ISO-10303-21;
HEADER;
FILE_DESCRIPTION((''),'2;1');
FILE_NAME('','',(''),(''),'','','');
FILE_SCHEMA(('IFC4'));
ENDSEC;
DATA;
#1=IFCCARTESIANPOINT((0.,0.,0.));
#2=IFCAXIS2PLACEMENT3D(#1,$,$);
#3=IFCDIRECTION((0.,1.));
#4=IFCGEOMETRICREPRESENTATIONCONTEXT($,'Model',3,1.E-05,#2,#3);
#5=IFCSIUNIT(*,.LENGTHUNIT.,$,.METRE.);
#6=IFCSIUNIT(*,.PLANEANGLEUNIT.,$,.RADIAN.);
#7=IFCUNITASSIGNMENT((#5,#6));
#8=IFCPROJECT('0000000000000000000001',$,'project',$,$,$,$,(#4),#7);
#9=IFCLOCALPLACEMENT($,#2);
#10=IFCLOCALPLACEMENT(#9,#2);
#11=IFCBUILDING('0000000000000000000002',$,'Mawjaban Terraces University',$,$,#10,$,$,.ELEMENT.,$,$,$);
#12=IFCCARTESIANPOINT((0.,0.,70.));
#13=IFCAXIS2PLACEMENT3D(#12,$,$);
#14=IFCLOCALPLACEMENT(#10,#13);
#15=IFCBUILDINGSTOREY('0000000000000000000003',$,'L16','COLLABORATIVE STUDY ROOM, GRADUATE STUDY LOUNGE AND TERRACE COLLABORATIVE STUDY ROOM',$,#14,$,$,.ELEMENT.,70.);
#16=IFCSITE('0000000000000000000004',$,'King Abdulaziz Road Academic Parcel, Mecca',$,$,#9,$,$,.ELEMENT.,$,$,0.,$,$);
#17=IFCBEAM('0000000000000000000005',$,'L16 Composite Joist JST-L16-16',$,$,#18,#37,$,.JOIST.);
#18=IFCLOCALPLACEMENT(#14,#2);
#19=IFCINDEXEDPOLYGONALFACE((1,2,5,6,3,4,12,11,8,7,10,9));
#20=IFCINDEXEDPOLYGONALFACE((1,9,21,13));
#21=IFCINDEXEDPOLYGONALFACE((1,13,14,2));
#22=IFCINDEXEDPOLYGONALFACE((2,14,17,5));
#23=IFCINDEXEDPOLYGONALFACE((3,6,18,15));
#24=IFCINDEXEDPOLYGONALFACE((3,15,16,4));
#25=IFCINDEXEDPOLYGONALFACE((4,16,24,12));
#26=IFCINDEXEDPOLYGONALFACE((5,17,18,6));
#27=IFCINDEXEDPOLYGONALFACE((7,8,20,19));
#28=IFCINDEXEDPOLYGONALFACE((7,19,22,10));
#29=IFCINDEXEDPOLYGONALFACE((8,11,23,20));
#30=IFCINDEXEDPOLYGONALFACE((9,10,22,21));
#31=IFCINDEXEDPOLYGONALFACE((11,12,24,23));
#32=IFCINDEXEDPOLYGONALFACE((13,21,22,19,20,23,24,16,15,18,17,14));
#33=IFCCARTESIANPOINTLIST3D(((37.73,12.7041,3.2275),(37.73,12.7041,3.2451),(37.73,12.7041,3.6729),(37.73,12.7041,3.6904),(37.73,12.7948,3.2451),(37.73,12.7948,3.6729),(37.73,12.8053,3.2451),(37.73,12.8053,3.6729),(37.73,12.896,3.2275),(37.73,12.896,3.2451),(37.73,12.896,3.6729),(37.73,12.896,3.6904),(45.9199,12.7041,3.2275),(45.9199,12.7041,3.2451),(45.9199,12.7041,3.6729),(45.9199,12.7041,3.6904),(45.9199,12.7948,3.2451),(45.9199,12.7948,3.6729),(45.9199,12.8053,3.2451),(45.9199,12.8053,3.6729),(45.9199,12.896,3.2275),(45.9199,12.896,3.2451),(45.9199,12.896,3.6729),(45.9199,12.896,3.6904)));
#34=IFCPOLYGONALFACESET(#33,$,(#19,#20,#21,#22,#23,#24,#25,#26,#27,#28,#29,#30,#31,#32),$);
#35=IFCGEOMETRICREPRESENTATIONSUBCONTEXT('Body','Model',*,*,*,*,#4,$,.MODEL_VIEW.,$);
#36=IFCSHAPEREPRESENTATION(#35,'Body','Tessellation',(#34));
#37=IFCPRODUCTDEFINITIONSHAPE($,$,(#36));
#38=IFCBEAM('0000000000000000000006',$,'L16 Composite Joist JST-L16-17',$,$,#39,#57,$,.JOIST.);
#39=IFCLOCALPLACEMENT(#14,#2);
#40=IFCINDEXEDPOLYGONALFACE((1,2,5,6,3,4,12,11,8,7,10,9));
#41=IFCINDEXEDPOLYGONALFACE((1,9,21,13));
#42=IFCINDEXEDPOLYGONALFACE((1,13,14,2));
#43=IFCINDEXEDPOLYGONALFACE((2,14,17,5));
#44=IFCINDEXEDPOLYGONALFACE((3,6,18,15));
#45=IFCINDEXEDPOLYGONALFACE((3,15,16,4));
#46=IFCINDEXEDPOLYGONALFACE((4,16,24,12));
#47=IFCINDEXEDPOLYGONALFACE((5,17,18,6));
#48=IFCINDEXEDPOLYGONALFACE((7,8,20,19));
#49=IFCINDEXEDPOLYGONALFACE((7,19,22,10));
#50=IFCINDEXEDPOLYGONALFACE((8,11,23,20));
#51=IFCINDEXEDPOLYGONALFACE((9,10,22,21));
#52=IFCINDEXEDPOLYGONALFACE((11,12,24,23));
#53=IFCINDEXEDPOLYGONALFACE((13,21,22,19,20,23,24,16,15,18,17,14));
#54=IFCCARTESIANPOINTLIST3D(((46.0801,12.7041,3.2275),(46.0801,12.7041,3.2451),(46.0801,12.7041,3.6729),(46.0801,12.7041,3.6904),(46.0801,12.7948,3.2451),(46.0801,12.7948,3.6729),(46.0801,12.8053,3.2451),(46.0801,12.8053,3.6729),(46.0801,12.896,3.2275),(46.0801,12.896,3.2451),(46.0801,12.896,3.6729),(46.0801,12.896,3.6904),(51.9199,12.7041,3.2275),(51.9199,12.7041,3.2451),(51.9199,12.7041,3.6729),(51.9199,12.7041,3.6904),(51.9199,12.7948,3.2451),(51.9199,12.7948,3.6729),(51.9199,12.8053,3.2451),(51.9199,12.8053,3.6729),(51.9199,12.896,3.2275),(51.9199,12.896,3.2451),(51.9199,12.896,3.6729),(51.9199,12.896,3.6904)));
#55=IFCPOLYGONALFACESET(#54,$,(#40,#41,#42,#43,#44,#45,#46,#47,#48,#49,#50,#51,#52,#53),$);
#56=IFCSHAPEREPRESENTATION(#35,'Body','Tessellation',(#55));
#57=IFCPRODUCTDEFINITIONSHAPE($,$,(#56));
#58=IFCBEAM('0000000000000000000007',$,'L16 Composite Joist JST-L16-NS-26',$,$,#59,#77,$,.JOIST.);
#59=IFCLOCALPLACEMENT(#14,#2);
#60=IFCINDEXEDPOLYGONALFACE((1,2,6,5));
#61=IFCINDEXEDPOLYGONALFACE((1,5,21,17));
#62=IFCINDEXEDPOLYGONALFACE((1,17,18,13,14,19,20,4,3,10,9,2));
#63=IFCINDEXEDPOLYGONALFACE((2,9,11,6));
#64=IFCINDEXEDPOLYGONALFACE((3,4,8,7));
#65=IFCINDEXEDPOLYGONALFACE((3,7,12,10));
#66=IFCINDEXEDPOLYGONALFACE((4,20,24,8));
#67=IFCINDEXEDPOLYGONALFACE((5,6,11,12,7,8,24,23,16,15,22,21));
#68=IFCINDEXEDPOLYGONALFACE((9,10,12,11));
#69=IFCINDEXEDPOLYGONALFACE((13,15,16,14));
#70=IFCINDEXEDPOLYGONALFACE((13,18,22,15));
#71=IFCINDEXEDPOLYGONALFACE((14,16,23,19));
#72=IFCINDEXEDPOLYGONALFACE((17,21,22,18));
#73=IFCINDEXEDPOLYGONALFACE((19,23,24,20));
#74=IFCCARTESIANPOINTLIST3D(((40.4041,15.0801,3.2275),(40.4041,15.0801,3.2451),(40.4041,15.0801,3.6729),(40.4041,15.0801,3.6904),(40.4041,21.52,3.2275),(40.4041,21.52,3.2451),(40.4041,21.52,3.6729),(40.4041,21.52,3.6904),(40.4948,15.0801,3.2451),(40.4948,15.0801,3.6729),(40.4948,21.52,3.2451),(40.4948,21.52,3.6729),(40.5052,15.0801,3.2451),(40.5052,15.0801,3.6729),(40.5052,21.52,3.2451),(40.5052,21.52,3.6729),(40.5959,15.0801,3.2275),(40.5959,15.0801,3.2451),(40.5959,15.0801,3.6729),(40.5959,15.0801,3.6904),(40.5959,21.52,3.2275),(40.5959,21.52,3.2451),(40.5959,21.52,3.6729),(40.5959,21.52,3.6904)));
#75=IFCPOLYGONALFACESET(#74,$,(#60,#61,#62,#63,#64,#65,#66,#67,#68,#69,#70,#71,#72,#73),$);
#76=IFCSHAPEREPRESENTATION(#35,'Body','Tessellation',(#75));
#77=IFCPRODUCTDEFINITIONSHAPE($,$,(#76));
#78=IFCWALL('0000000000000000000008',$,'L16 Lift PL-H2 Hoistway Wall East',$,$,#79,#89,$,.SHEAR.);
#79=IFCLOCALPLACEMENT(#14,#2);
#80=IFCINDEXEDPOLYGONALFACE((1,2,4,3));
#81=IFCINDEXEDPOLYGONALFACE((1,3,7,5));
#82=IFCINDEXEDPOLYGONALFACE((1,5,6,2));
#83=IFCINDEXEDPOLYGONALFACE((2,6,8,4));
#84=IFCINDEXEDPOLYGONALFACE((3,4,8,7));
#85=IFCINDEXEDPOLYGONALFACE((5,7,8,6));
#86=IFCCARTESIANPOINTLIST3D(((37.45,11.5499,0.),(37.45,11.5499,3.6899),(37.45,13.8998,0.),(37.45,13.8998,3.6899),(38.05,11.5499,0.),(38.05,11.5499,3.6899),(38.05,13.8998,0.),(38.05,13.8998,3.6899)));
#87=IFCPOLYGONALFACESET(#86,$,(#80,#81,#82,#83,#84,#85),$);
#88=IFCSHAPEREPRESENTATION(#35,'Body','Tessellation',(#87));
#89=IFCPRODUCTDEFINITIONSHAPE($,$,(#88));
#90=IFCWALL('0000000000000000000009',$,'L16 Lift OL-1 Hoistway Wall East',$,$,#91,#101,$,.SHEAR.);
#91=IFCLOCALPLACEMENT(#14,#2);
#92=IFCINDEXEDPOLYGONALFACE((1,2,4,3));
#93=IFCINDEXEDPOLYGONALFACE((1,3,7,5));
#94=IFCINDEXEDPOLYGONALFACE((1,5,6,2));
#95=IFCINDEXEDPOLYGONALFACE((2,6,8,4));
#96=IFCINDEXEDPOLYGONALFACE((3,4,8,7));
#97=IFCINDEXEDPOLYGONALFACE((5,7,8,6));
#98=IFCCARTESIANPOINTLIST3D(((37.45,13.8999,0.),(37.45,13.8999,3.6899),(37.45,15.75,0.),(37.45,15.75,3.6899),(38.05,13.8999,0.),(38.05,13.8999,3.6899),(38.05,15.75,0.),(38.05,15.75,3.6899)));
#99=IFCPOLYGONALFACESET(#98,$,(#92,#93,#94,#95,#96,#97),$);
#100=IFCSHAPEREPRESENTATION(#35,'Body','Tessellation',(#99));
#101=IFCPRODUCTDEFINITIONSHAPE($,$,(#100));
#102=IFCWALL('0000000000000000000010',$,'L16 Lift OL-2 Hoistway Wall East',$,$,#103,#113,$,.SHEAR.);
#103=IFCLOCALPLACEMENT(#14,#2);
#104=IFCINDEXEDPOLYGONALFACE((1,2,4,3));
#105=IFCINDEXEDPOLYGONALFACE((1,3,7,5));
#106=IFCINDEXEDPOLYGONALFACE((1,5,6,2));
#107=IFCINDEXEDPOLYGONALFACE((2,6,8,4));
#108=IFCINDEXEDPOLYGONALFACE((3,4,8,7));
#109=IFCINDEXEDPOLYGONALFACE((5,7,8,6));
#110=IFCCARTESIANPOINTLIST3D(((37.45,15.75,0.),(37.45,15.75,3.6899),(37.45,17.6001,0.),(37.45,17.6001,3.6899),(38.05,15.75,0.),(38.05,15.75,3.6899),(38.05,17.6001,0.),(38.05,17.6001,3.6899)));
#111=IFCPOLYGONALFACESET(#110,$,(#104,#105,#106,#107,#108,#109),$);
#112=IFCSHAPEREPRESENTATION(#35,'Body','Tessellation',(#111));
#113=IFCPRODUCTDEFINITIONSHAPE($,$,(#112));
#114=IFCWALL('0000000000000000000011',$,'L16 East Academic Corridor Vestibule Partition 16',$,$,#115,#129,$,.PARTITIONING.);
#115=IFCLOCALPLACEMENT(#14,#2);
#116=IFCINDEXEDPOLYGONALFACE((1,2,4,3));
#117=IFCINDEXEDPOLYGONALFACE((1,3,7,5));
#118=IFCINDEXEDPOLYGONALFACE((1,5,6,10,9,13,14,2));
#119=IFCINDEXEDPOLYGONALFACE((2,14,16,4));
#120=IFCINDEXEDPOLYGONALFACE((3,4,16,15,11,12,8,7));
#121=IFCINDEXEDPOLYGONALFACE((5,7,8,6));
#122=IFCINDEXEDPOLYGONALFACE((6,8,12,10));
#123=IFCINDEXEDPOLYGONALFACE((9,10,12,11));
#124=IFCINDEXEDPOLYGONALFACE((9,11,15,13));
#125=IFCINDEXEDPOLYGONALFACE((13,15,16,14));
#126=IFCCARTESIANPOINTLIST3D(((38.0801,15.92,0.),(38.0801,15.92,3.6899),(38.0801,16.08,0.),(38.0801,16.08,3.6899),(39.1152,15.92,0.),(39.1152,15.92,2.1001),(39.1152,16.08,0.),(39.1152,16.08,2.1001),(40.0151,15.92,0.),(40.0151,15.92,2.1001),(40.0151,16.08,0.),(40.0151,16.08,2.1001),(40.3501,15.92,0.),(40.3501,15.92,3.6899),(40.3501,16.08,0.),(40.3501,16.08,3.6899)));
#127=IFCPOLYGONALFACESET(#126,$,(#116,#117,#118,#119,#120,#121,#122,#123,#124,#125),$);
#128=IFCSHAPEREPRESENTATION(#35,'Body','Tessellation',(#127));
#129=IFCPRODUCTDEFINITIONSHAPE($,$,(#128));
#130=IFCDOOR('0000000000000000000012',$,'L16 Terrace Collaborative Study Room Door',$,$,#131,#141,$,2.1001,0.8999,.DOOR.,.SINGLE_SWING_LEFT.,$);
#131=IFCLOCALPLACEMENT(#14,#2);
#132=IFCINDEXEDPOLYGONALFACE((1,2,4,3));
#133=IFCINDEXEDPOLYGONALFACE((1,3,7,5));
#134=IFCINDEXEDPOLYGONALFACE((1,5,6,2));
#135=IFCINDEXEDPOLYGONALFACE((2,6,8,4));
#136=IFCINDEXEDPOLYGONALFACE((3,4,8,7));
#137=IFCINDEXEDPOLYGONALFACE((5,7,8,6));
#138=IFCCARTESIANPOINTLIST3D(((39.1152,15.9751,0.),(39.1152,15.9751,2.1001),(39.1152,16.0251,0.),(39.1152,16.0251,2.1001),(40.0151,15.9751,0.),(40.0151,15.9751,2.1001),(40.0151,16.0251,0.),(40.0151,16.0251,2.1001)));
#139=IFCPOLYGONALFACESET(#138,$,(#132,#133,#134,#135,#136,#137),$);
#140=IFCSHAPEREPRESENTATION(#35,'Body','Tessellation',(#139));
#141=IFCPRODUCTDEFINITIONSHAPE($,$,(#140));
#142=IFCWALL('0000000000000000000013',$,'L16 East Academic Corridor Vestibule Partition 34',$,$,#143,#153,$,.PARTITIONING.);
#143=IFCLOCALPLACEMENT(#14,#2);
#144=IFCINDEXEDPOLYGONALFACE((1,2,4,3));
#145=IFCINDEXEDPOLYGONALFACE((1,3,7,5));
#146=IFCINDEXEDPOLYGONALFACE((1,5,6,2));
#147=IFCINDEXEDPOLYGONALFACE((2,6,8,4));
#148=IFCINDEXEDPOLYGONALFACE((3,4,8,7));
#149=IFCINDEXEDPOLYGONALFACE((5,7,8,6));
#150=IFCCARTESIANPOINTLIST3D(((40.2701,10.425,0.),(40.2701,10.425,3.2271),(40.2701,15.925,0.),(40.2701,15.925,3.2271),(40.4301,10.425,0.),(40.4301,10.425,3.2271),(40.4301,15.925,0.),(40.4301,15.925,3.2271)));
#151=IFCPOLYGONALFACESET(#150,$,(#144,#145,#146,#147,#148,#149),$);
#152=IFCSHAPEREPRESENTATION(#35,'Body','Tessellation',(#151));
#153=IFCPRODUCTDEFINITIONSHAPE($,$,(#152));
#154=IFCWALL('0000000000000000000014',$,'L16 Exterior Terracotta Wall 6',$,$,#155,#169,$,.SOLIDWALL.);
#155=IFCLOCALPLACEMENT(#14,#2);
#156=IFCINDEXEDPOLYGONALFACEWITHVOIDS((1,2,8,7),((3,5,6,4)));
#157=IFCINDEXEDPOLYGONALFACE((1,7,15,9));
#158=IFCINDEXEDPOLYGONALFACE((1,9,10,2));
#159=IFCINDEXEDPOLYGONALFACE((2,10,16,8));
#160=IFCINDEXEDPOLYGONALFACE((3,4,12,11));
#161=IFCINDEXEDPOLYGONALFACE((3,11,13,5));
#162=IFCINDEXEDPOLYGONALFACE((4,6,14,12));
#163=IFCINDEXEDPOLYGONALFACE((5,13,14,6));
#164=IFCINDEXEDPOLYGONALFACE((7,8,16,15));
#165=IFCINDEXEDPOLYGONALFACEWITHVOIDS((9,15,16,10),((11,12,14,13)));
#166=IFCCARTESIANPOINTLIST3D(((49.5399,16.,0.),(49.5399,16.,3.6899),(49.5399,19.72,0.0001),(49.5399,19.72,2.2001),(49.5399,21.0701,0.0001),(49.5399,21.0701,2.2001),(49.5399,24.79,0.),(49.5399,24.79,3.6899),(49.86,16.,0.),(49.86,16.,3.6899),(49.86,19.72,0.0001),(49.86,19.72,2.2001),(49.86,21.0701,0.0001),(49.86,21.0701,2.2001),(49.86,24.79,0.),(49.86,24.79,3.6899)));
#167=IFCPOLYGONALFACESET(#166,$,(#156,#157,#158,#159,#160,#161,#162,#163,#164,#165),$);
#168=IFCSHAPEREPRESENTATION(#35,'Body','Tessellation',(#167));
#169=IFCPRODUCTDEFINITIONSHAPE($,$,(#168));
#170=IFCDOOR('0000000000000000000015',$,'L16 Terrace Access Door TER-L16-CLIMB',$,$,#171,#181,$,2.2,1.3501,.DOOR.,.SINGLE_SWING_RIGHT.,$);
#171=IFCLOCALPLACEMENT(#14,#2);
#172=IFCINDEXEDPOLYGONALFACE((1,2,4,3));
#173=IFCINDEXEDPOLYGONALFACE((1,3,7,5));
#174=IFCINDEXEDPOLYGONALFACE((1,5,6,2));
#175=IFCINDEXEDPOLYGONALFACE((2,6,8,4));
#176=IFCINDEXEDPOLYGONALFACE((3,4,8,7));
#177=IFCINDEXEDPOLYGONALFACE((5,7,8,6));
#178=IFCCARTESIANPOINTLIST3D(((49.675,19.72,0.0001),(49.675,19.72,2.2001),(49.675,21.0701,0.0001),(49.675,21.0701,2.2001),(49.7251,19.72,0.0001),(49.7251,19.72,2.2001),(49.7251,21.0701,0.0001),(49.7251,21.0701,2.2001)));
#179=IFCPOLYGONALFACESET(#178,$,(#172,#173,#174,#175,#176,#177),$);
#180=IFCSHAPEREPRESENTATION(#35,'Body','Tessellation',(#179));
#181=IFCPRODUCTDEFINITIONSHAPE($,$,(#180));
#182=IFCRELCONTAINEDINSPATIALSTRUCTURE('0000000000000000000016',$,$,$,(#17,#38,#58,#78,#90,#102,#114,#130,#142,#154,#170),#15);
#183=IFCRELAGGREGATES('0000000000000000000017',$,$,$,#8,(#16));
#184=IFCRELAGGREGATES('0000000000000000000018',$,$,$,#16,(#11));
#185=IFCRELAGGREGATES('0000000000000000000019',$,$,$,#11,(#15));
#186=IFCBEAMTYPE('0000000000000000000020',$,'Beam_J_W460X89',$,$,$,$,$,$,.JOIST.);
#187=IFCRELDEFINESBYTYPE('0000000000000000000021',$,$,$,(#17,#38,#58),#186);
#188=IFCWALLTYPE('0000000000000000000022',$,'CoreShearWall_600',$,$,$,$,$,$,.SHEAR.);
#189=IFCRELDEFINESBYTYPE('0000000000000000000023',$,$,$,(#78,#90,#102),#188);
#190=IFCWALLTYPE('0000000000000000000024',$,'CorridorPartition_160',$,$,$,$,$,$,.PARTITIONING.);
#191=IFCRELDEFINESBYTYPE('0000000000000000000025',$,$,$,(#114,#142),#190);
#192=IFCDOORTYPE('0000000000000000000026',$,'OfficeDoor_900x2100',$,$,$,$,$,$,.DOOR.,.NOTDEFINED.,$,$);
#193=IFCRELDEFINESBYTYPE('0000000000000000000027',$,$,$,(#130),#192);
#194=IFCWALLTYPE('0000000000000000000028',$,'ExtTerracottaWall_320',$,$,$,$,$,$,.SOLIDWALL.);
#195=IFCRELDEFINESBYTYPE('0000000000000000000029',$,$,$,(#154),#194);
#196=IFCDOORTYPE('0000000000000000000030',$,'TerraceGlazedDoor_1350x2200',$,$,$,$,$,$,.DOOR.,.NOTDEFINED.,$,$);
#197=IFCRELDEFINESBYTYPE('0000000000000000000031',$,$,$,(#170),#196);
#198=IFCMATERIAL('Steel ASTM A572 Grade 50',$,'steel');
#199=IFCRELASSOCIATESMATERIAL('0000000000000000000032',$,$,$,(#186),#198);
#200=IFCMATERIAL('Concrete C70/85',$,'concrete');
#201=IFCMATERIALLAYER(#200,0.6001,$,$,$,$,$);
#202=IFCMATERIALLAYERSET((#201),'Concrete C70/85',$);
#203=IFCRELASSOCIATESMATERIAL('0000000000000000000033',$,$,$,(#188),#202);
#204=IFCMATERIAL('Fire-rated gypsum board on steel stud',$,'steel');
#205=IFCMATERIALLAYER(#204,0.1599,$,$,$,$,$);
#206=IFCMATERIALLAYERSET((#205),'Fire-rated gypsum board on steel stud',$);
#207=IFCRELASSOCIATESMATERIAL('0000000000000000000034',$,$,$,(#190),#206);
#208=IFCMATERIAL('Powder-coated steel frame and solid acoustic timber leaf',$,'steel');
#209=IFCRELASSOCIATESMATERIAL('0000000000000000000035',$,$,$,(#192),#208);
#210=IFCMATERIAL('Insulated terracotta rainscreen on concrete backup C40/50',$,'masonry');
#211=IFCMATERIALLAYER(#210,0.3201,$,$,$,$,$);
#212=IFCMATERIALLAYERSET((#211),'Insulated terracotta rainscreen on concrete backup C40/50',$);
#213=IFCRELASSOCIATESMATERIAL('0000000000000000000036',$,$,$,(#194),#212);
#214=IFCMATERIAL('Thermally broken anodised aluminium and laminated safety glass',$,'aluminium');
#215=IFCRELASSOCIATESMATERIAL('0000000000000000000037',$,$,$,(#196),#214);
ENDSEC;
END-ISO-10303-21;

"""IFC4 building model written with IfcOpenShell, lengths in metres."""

from ifc_helpers import new_model, si_unit, direction, frame, frame_2d, origin, origin_2d, place, context, subcontext, project, spatial, rectangle, i_section, extrude, material, layer, layer_set, material_profile, profile_set, type_object, element, fill, save


model = new_model("IFC4")

# Units and contexts
model_context = context("Model", 3, precision=1e-05, world=origin(), true_north=direction((0.0, 1.0)))
body_context = subcontext(model_context, "Body", "Model", "MODEL_VIEW")
ifc_project = project(units=[si_unit("LENGTHUNIT", "METRE"), si_unit("PLANEANGLEUNIT", "RADIAN")], contexts=[model_context])

# Site, building, storey
site_placement = place(None, origin())
site = spatial("IfcSite", under=ifc_project, at=site_placement, Name="King Abdulaziz Road Academic Parcel, Mecca", CompositionType="ELEMENT", RefElevation=0.0)
building_placement = place(site_placement, origin())
building = spatial("IfcBuilding", under=site, at=building_placement, Name="Mawjaban Terraces University", CompositionType="ELEMENT")
storey_placement = place(building_placement, frame((0.0, 0.0, 70.0)))
storey = spatial("IfcBuildingStorey", under=building, at=storey_placement, Name="L16", Description="COLLABORATIVE STUDY ROOM, GRADUATE STUDY LOUNGE AND TERRACE COLLABORATIVE STUDY ROOM", CompositionType="ELEMENT", Elevation=70.0)

# Shared definitions
ifc_material_1 = material(Name="Concrete C70/85", Category="concrete")

# Beams
ifc_material_2 = material(Name="Steel ASTM A572 Grade 50", Category="steel")
ifc_material_profile_1 = material_profile(ifc_material_2, i_section(OverallWidth=0.1919, OverallDepth=0.4629, WebThickness=0.0105, FlangeThickness=0.0176, at=origin_2d()), Name="W460X89")
ifc_profile_set_1 = profile_set([ifc_material_profile_1], Name="Steel ASTM A572 Grade 50")
beam_type_1 = type_object("IfcBeamType", Name="Beam_J_W460X89", PredefinedType="JOIST", material=ifc_profile_set_1)
beam_1_placement = place(storey_placement, frame((37.73, 12.8, 3.459), z_axis=(1.0, 0.0, 0.0), x_axis=(0.0, 1.0, 0.0)))
element("IfcBeam", 1, at=beam_1_placement, inside=storey, type_object=beam_type_1, Name="L16 Composite Joist JST-L16-16", PredefinedType="JOIST", context=body_context, shape_type="SweptSolid", body=[
    extrude(i_section(OverallWidth=0.1919, OverallDepth=0.4629, WebThickness=0.0105, FlangeThickness=0.0176, at=origin_2d()), origin(), (0.0, 0.0, 1.0), 8.1899),
])
beam_2_placement = place(storey_placement, frame((46.0801, 12.8, 3.459), z_axis=(1.0, 0.0, 0.0), x_axis=(0.0, 1.0, 0.0)))
element("IfcBeam", 2, at=beam_2_placement, inside=storey, type_object=beam_type_1, Name="L16 Composite Joist JST-L16-17", PredefinedType="JOIST", context=body_context, shape_type="SweptSolid", body=[
    extrude(i_section(OverallWidth=0.1919, OverallDepth=0.4629, WebThickness=0.0105, FlangeThickness=0.0176, at=origin_2d()), origin(), (0.0, 0.0, 1.0), 5.8398),
])
beam_3_placement = place(storey_placement, frame((40.5, 15.0801, 3.459), z_axis=(0.0, 1.0, 0.0), x_axis=(-1.0, 0.0, 0.0)))
element("IfcBeam", 3, at=beam_3_placement, inside=storey, type_object=beam_type_1, Name="L16 Composite Joist JST-L16-NS-26", PredefinedType="JOIST", context=body_context, shape_type="SweptSolid", body=[
    extrude(i_section(OverallWidth=0.1919, OverallDepth=0.4629, WebThickness=0.0105, FlangeThickness=0.0176, at=origin_2d()), origin(), (0.0, 0.0, 1.0), 6.4399),
])

# Walls
ifc_layer_1 = layer(ifc_material_1, 0.6001)
ifc_layer_set_1 = layer_set([ifc_layer_1], Name="Concrete C70/85")
wall_type_1 = type_object("IfcWallType", Name="CoreShearWall_600", PredefinedType="SHEAR", material=ifc_layer_set_1)
wall_1_placement = place(storey_placement, frame((37.75, 11.55, 0.0), z_axis=(0.0, 0.0, 1.0), x_axis=(0.0, 1.0, 0.0)))
element("IfcWall", 4, at=wall_1_placement, inside=storey, type_object=wall_type_1, Name="L16 Lift PL-H2 Hoistway Wall East", PredefinedType="SHEAR", context=body_context, shape_type="SweptSolid", body=[
    extrude(rectangle(XDim=2.3499, YDim=0.6001, at=frame_2d((1.1748, 0.0))), origin(), (0.0, 0.0, 1.0), 3.6899),
])
for number, where, z_axis, x_axis, name in (
    (5, (37.75, 13.8999, 0.0), (0.0, 0.0, 1.0), (0.0, 1.0, 0.0), "L16 Lift OL-1 Hoistway Wall East"),
    (6, (37.75, 15.75, 0.0), (0.0, 0.0, 1.0), (0.0, 1.0, 0.0), "L16 Lift OL-2 Hoistway Wall East"),
):
    element("IfcWall", number, at=place(storey_placement, frame(where, z_axis=z_axis, x_axis=x_axis)), inside=storey, type_object=wall_type_1, Name=name, PredefinedType="SHEAR", context=body_context, shape_type="SweptSolid", body=[
        extrude(rectangle(XDim=1.8501, YDim=0.6001, at=frame_2d((0.925, 0.0))), origin(), (0.0, 0.0, 1.0), 3.6899),
    ])

# Wall, opening, door
ifc_material_3 = material(Name="Fire-rated gypsum board on steel stud", Category="steel")
ifc_layer_2 = layer(ifc_material_3, 0.1599)
ifc_layer_set_2 = layer_set([ifc_layer_2], Name="Fire-rated gypsum board on steel stud")
wall_type_2 = type_object("IfcWallType", Name="CorridorPartition_160", PredefinedType="PARTITIONING", material=ifc_layer_set_2)
wall_2_placement = place(storey_placement, frame((40.3501, 16.0, 0.0), z_axis=(0.0, 0.0, 1.0), x_axis=(-1.0, 0.0, 0.0)))
wall_2 = element("IfcWall", 7, at=wall_2_placement, inside=storey, type_object=wall_type_2, Name="L16 East Academic Corridor Vestibule Partition 16", PredefinedType="PARTITIONING", context=body_context, shape_type="SweptSolid", body=[
    extrude(rectangle(XDim=2.27, YDim=0.1599, at=frame_2d((1.135, 0.0))), origin(), (0.0, 0.0, 1.0), 3.6899),
])
opening_1_placement = place(wall_2_placement, frame((0.335, 0.0, 0.0)))
opening_1 = element("IfcOpeningElement", 8, at=opening_1_placement, cuts=wall_2, PredefinedType="OPENING", context=body_context, shape_type="SweptSolid", body=[
    extrude(rectangle(XDim=0.8999, YDim=2.1001, at=frame_2d((0.45, 1.05))), frame((0.0, 0.0898, 0.0), z_axis=(0.0, -1.0, 0.0), x_axis=(1.0, 0.0, 0.0)), (0.0, 0.0, 1.0), 0.1799),
])
ifc_material_4 = material(Name="Powder-coated steel frame and solid acoustic timber leaf", Category="steel")
door_type_1 = type_object("IfcDoorType", Name="OfficeDoor_900x2100", OperationType="NOTDEFINED", PredefinedType="DOOR", material=ifc_material_4)
door_1_placement = place(opening_1_placement, origin())
door_1 = element("IfcDoor", 9, at=door_1_placement, inside=storey, type_object=door_type_1, Name="L16 Terrace Collaborative Study Room Door", OperationType="SINGLE_SWING_LEFT", OverallHeight=2.1001, OverallWidth=0.8999, PredefinedType="DOOR", context=body_context, shape_type="SweptSolid", body=[
    extrude(rectangle(XDim=0.8999, YDim=2.1001, at=frame_2d((0.45, 1.05))), frame((0.0, 0.0249, 0.0), z_axis=(0.0, -1.0, 0.0), x_axis=(1.0, 0.0, 0.0)), (0.0, 0.0, 1.0), 0.05),
])
fill(opening_1, door_1)

# Wall
wall_3_placement = place(storey_placement, frame((40.3501, 10.425, 0.0), z_axis=(0.0, 0.0, 1.0), x_axis=(0.0, 1.0, 0.0)))
element("IfcWall", 10, at=wall_3_placement, inside=storey, type_object=wall_type_2, Name="L16 East Academic Corridor Vestibule Partition 34", PredefinedType="PARTITIONING", context=body_context, shape_type="SweptSolid", body=[
    extrude(rectangle(XDim=5.5, YDim=0.1599, at=frame_2d((2.75, 0.0))), origin(), (0.0, 0.0, 1.0), 3.2271),
])

# Wall, opening, door
ifc_material_5 = material(Name="Insulated terracotta rainscreen on concrete backup C40/50", Category="masonry")
ifc_layer_3 = layer(ifc_material_5, 0.3201)
ifc_layer_set_3 = layer_set([ifc_layer_3], Name="Insulated terracotta rainscreen on concrete backup C40/50")
wall_type_3 = type_object("IfcWallType", Name="ExtTerracottaWall_320", PredefinedType="SOLIDWALL", material=ifc_layer_set_3)
wall_4_placement = place(storey_placement, frame((49.7, 16.0, 0.0), z_axis=(0.0, 0.0, 1.0), x_axis=(0.0, 1.0, 0.0)))
wall_4 = element("IfcWall", 11, at=wall_4_placement, inside=storey, type_object=wall_type_3, Name="L16 Exterior Terracotta Wall 6", PredefinedType="SOLIDWALL", context=body_context, shape_type="SweptSolid", body=[
    extrude(rectangle(XDim=8.79, YDim=0.3201, at=frame_2d((4.395, 0.0))), origin(), (0.0, 0.0, 1.0), 3.6899),
])
opening_2_placement = place(wall_4_placement, frame((3.72, 0.0, 0.0)))
opening_2 = element("IfcOpeningElement", 12, at=opening_2_placement, cuts=wall_4, PredefinedType="OPENING", context=body_context, shape_type="SweptSolid", body=[
    extrude(rectangle(XDim=1.3501, YDim=2.2, at=frame_2d((0.675, 1.1001))), frame((0.0, 0.1699, 0.0), z_axis=(0.0, -1.0, 0.0), x_axis=(1.0, 0.0, 0.0)), (0.0, 0.0, 1.0), 0.3401),
])
ifc_material_6 = material(Name="Thermally broken anodised aluminium and laminated safety glass", Category="aluminium")
door_type_2 = type_object("IfcDoorType", Name="TerraceGlazedDoor_1350x2200", OperationType="NOTDEFINED", PredefinedType="DOOR", material=ifc_material_6)
door_2_placement = place(opening_2_placement, origin())
door_2 = element("IfcDoor", 13, at=door_2_placement, inside=storey, type_object=door_type_2, Name="L16 Terrace Access Door TER-L16-CLIMB", OperationType="SINGLE_SWING_RIGHT", OverallHeight=2.2, OverallWidth=1.3501, PredefinedType="DOOR", context=body_context, shape_type="SweptSolid", body=[
    extrude(rectangle(XDim=1.3501, YDim=2.2, at=frame_2d((0.675, 1.1001))), frame((0.0, 0.0249, 0.0), z_axis=(0.0, -1.0, 0.0), x_axis=(1.0, 0.0, 0.0)), (0.0, 0.0, 1.0), 0.05),
])
fill(opening_2, door_2)

save(model, "model.ifc")
